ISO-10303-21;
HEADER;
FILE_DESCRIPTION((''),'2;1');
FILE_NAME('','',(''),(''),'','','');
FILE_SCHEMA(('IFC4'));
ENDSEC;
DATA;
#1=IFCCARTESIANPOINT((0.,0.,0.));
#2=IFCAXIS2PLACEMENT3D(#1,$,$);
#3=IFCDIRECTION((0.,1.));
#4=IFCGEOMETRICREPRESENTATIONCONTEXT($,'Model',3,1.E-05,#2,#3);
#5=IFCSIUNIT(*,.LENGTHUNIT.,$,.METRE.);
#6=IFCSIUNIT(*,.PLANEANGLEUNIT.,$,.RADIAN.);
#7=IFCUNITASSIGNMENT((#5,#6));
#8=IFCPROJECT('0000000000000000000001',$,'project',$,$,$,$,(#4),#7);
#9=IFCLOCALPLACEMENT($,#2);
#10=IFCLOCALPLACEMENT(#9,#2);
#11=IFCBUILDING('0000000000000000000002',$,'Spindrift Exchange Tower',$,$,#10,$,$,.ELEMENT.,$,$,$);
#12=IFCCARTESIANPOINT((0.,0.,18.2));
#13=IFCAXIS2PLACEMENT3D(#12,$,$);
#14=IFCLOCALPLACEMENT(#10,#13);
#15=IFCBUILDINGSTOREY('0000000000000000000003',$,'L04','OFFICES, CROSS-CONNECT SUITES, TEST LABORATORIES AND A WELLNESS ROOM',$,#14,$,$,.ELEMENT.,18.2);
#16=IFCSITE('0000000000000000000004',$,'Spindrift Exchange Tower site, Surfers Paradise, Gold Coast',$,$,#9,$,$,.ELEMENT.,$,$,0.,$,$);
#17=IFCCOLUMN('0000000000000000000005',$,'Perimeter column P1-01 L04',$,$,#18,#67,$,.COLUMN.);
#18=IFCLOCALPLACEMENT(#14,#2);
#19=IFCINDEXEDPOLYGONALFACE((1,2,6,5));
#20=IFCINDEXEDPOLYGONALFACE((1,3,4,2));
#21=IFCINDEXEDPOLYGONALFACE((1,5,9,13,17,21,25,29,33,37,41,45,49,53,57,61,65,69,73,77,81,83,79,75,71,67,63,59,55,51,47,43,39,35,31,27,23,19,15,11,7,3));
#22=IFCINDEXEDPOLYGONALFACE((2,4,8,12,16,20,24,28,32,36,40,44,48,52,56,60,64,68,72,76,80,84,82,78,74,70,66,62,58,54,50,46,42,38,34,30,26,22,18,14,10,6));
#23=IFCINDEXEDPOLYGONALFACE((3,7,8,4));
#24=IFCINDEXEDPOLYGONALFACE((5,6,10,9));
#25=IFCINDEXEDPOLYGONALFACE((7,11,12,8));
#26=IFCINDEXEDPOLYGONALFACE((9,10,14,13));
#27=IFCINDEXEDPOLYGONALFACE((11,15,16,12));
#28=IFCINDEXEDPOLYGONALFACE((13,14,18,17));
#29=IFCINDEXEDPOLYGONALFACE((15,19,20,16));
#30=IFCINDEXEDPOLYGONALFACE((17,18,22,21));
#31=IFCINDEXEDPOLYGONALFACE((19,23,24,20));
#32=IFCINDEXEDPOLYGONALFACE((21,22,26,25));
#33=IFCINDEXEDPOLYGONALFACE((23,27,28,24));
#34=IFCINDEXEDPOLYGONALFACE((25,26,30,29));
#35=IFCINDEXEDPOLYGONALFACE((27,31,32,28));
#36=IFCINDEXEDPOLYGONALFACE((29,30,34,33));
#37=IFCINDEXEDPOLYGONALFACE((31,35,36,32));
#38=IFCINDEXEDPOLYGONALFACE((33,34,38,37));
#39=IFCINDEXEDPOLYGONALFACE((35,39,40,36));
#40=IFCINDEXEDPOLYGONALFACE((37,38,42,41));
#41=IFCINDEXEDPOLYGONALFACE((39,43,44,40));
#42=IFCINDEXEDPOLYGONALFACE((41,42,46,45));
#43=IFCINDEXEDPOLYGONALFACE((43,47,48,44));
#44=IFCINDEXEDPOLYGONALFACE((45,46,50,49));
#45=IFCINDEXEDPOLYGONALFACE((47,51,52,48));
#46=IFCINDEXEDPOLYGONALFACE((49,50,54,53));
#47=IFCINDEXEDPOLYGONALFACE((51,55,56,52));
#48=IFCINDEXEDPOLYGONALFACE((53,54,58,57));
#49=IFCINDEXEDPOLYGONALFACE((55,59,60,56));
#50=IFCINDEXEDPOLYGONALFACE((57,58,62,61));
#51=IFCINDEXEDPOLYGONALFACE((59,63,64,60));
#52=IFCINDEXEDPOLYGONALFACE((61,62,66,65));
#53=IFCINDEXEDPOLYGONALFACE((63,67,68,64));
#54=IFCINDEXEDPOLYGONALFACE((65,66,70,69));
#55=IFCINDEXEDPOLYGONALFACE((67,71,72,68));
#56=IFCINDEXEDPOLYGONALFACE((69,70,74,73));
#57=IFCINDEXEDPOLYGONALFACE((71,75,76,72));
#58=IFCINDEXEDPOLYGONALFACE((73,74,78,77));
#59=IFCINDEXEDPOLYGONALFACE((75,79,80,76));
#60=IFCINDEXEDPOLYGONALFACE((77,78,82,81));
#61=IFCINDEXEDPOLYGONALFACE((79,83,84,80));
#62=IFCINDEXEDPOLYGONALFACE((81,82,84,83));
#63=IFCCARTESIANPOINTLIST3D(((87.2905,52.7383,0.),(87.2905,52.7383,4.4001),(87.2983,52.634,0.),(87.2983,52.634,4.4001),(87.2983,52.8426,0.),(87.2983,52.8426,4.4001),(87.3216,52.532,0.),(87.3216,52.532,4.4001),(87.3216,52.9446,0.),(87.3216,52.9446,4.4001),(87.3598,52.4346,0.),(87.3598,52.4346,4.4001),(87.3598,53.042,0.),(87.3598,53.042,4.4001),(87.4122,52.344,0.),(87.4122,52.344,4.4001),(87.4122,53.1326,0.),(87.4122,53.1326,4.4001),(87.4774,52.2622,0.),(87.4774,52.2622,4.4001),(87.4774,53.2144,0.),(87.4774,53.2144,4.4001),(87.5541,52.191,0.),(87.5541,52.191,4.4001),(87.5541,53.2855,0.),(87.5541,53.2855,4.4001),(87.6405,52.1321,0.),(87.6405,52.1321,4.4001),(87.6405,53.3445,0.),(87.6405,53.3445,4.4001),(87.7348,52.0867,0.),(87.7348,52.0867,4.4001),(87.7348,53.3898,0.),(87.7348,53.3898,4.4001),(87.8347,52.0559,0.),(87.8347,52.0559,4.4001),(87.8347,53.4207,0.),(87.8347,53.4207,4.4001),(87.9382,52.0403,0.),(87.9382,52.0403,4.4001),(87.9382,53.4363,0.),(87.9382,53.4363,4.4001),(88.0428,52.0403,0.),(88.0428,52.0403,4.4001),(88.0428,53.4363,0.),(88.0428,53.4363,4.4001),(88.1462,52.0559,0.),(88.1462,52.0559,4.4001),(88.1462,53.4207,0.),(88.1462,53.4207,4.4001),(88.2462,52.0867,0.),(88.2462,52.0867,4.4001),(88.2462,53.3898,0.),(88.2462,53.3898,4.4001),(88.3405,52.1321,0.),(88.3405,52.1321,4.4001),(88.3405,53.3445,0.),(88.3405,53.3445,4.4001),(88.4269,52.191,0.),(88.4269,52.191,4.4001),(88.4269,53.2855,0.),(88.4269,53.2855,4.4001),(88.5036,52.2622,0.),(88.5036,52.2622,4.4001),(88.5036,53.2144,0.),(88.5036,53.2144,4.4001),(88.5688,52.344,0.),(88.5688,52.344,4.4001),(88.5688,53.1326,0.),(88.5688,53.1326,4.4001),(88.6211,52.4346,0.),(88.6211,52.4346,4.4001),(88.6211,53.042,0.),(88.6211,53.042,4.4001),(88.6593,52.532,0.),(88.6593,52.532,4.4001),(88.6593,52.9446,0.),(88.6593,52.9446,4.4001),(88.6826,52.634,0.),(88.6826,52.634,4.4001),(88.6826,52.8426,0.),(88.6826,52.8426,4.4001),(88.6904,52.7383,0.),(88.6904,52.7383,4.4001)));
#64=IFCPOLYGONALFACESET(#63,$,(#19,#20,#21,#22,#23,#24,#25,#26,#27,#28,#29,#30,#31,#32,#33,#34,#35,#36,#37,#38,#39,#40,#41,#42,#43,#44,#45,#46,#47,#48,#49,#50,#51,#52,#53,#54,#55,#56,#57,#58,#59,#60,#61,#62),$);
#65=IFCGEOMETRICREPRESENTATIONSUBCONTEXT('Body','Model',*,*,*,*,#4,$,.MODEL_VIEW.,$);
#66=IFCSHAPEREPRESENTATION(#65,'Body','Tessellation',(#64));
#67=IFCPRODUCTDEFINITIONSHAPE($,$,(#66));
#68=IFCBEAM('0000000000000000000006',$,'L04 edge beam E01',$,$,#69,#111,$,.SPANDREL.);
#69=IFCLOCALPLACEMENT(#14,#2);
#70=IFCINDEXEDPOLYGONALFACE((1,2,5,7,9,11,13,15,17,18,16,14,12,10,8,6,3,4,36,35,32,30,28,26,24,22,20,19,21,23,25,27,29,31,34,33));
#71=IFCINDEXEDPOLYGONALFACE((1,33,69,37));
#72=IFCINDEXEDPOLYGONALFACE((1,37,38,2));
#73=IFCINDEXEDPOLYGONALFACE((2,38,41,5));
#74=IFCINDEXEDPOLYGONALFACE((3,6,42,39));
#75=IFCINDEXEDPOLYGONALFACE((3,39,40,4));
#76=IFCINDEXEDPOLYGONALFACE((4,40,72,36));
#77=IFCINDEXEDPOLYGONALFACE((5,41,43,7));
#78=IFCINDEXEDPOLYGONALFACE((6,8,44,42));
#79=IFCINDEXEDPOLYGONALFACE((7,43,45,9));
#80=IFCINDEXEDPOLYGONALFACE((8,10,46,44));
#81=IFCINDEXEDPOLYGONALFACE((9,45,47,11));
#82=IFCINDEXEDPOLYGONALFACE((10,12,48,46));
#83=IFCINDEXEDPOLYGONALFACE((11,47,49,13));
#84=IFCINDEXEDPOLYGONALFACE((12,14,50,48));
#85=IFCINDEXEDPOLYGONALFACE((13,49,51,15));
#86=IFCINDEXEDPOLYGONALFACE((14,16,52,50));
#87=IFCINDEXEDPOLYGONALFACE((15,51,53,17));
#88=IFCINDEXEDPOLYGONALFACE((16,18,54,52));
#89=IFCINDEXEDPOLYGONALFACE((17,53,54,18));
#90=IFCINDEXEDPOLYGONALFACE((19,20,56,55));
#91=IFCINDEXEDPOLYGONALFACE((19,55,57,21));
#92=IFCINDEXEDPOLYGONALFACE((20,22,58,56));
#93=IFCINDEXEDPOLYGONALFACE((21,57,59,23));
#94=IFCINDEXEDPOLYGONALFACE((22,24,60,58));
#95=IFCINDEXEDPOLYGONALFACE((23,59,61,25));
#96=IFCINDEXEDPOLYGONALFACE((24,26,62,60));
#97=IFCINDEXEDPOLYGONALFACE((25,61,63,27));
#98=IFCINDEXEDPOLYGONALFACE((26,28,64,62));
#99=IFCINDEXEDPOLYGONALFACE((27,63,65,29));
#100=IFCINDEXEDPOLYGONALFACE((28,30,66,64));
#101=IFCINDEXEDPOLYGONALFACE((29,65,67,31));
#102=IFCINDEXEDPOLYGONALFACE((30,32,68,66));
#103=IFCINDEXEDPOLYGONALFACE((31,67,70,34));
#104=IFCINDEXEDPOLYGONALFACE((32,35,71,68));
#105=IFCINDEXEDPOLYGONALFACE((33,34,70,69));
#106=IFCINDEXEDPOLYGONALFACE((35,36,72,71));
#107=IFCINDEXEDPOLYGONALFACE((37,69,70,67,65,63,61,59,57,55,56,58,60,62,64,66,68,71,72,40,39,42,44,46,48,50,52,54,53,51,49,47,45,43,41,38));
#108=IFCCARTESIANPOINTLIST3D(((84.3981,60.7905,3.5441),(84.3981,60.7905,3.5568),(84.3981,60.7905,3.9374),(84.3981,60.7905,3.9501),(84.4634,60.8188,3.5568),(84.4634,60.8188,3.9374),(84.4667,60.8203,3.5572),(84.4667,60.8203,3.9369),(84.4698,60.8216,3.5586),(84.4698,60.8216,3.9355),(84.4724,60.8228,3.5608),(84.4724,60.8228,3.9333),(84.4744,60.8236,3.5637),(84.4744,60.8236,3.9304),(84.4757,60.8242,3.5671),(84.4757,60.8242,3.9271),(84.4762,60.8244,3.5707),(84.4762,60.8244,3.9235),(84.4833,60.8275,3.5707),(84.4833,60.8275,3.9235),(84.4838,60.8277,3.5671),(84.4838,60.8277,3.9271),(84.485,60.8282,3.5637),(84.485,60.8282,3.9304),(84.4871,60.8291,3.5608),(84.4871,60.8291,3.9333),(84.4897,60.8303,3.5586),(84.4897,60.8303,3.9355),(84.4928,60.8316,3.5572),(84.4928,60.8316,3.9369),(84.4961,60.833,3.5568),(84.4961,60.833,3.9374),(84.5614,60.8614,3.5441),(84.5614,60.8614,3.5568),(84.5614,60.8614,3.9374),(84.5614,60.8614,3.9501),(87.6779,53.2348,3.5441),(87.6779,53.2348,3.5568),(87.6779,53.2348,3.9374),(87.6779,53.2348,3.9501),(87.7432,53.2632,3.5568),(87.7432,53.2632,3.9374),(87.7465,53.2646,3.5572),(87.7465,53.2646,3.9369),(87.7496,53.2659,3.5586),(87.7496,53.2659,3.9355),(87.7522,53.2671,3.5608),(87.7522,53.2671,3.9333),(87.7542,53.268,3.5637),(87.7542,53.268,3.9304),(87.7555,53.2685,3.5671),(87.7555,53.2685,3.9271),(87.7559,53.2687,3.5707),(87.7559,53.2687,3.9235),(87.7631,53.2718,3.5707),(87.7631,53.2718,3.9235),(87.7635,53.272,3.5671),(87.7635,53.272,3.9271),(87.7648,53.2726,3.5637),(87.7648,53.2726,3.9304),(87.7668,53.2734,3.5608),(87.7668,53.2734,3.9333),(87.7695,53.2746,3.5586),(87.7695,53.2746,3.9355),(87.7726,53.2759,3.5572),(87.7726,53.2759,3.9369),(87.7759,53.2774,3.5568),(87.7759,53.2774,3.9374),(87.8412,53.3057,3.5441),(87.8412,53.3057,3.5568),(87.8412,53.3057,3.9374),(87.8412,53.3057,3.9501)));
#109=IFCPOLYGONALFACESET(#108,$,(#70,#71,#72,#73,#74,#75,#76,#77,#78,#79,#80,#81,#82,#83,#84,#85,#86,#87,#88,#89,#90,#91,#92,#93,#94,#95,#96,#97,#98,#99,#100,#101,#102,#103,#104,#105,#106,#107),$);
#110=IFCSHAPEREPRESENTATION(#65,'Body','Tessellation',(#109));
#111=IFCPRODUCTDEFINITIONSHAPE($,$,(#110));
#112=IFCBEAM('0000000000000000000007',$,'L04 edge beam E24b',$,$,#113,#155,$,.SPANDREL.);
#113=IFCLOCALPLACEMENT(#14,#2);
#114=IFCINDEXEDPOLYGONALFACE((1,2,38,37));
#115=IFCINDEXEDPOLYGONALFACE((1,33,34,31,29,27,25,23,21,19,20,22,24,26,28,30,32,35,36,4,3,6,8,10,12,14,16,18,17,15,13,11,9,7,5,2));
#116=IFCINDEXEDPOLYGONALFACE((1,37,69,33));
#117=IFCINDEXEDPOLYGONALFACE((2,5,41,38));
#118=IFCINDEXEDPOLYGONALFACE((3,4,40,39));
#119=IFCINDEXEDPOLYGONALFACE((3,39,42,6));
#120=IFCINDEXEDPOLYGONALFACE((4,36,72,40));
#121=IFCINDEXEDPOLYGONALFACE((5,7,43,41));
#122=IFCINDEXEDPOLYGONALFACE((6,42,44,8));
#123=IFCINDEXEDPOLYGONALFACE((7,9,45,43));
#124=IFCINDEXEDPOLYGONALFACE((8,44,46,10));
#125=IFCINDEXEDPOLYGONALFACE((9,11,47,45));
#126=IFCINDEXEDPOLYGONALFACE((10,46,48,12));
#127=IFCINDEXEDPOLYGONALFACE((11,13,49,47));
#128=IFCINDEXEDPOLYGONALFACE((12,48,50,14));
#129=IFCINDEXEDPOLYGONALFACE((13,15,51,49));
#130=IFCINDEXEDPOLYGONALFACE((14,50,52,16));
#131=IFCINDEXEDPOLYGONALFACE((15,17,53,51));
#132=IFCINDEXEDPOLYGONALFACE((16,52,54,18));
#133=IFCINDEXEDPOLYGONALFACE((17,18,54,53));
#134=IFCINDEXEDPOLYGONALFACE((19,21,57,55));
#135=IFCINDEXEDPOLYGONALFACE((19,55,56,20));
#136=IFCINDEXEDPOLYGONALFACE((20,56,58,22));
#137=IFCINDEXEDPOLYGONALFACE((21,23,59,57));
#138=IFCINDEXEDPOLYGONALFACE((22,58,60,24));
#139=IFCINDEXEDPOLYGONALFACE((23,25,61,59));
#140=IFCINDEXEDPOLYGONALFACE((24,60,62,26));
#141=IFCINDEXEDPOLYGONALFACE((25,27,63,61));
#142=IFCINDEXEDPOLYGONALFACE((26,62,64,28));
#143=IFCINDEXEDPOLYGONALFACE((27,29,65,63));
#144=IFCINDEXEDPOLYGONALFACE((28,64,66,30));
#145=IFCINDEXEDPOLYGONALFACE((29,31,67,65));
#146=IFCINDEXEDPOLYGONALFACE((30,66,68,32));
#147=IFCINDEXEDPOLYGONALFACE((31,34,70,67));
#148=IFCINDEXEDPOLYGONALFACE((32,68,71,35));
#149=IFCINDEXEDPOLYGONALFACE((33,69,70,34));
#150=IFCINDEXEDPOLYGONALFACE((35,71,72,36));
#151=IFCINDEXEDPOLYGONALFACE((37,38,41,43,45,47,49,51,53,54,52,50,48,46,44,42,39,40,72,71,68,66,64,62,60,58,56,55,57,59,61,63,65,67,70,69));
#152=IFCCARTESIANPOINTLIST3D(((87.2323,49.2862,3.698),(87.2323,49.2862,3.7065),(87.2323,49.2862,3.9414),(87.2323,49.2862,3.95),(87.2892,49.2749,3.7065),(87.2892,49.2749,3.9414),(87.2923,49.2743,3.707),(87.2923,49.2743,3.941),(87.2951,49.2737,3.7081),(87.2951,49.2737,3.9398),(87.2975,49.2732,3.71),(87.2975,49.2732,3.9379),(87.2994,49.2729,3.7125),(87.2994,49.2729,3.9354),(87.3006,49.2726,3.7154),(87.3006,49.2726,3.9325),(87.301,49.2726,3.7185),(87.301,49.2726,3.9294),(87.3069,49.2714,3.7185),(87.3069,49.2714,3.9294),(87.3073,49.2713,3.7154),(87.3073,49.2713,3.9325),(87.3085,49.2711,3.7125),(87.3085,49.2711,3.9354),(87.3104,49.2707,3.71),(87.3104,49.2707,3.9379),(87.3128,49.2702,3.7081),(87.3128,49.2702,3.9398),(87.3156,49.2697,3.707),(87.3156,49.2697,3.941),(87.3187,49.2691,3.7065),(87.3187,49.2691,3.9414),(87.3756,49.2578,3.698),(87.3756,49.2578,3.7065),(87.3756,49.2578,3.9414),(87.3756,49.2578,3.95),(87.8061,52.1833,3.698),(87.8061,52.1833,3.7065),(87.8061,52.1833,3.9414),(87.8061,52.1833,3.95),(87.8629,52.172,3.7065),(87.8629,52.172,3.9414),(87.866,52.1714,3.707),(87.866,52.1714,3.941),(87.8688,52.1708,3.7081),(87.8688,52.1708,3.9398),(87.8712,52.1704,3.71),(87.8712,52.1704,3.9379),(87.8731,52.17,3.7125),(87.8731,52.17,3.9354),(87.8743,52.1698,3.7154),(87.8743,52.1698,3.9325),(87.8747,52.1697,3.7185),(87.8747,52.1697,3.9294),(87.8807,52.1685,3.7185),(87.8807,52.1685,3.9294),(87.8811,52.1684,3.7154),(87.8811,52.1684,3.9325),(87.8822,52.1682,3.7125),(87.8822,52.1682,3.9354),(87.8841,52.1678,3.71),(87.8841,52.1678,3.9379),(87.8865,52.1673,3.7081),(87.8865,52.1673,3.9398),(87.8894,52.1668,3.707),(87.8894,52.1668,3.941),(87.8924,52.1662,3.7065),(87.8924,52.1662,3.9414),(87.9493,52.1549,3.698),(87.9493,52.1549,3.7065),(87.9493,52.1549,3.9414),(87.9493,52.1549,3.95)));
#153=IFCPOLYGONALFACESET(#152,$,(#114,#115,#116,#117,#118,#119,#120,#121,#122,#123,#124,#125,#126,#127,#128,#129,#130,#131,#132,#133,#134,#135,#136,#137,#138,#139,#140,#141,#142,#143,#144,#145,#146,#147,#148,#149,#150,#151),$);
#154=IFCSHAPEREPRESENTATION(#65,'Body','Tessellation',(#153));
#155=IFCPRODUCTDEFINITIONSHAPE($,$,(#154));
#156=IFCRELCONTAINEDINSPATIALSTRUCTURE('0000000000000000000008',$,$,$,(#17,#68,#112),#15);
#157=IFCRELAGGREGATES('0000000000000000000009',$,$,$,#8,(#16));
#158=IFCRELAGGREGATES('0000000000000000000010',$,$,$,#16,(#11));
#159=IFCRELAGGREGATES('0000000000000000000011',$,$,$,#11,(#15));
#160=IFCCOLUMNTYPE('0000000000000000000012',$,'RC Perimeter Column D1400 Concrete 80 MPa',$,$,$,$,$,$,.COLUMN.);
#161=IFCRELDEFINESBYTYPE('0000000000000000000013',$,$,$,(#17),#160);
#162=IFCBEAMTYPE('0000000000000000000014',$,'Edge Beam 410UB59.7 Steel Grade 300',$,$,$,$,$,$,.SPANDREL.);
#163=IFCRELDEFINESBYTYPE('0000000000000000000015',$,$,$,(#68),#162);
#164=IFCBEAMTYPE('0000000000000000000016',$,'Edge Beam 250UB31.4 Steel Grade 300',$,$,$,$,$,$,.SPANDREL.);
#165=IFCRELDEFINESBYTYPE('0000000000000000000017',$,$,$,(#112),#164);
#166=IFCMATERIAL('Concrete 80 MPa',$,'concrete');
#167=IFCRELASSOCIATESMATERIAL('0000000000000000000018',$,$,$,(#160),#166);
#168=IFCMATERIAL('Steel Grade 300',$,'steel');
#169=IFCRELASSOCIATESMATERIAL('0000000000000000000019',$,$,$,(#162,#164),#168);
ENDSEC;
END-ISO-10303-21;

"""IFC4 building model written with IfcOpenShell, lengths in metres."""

from ifc_helpers import new_model, si_unit, direction, frame, origin, origin_2d, place, context, subcontext, project, spatial, circle, i_section, extrude, source, transform, mapped, material, material_profile, profile_set, type_object, element, save


model = new_model("IFC4")

# Units and contexts
model_context = context("Model", 3, precision=1e-05, world=origin(), true_north=direction((0.0, 1.0)))
body_context = subcontext(model_context, "Body", "Model", "MODEL_VIEW")
ifc_project = project(units=[si_unit("LENGTHUNIT", "METRE"), si_unit("PLANEANGLEUNIT", "RADIAN")], contexts=[model_context])

# Site, building, storey
site_placement = place(None, origin())
site = spatial("IfcSite", under=ifc_project, at=site_placement, Name="Spindrift Exchange Tower site, Surfers Paradise, Gold Coast", CompositionType="ELEMENT", RefElevation=0.0)
building_placement = place(site_placement, origin())
building = spatial("IfcBuilding", under=site, at=building_placement, Name="Spindrift Exchange Tower", CompositionType="ELEMENT")
storey_placement = place(building_placement, frame((0.0, 0.0, 18.2)))
storey = spatial("IfcBuildingStorey", under=building, at=storey_placement, Name="L04", Description="OFFICES, CROSS-CONNECT SUITES, TEST LABORATORIES AND A WELLNESS ROOM", CompositionType="ELEMENT", Elevation=18.2)

# Column
ifc_material_1 = material(Name="Concrete 80 MPa", Category="concrete")
ifc_material_profile_1 = material_profile(ifc_material_1, circle(Radius=0.7, at=origin_2d()), Name="RC D1400")
ifc_profile_set_1 = profile_set([ifc_material_profile_1], Name="Concrete 80 MPa")
column_type = type_object("IfcColumnType", Name="RC Perimeter Column D1400 Concrete 80 MPa", PredefinedType="COLUMN", material=ifc_profile_set_1)
shared_shape_1 = source(origin(), body_context, "Body", "SweptSolid", [
    extrude(circle(Radius=0.7, at=origin_2d()), origin(), (0.0, 0.0, 1.0), 4.4001),
])
column_placement = place(storey_placement, frame((87.9905, 52.7383, 0.0), z_axis=(0.0, 0.0, 1.0), x_axis=(1.0, 0.0, 0.0)))
element("IfcColumn", 1, at=column_placement, inside=storey, type_object=column_type, Name="Perimeter column P1-01 L04", PredefinedType="COLUMN", context=body_context, shape_type="MappedRepresentation", body=[
    mapped(shared_shape_1, transform((0.0, 0.0, 0.0), scale=1.0)),
])

# Beams
ifc_material_2 = material(Name="Steel Grade 300", Category="steel")
ifc_material_profile_2 = material_profile(ifc_material_2, i_section(OverallWidth=0.178, OverallDepth=0.406, WebThickness=0.0078, FlangeThickness=0.0127, FilletRadius=0.0139, at=origin_2d()), Name="410UB59.7")
ifc_profile_set_2 = profile_set([ifc_material_profile_2], Name="Steel Grade 300")
beam_type_1 = type_object("IfcBeamType", Name="Edge Beam 410UB59.7 Steel Grade 300", PredefinedType="SPANDREL", material=ifc_profile_set_2)
shared_shape_2 = source(origin(), body_context, "Body", "SweptSolid", [
    extrude(i_section(OverallWidth=0.178, OverallDepth=0.406, WebThickness=0.0078, FlangeThickness=0.0127, FilletRadius=0.0139, at=origin_2d()), origin(), (0.0, 0.0, 1.0), 8.2368),
])
beam_1_placement = place(storey_placement, frame((87.7595, 53.2703, 3.7471), z_axis=(-0.398186, 0.917305, 0.0), x_axis=(-0.917305, -0.398186, 0.0)))
element("IfcBeam", 2, at=beam_1_placement, inside=storey, type_object=beam_type_1, Name="L04 edge beam E01", PredefinedType="SPANDREL", context=body_context, shape_type="MappedRepresentation", body=[
    mapped(shared_shape_2, transform((0.0, 0.0, 0.0), scale=1.0)),
])
ifc_material_profile_3 = material_profile(ifc_material_2, i_section(OverallWidth=0.146, OverallDepth=0.252, WebThickness=0.0061, FlangeThickness=0.0085, FilletRadius=0.012, at=origin_2d()), Name="250UB31.4")
ifc_profile_set_3 = profile_set([ifc_material_profile_3], Name="Steel Grade 300")
beam_type_2 = type_object("IfcBeamType", Name="Edge Beam 250UB31.4 Steel Grade 300", PredefinedType="SPANDREL", material=ifc_profile_set_3)
shared_shape_3 = source(origin(), body_context, "Body", "SweptSolid", [
    extrude(i_section(OverallWidth=0.146, OverallDepth=0.252, WebThickness=0.0061, FlangeThickness=0.0085, FilletRadius=0.012, at=origin_2d()), origin(), (0.0, 0.0, 1.0), 2.9534),
])
beam_2_placement = place(storey_placement, frame((87.304, 49.272, 3.824), z_axis=(0.194256, 0.980951, 0.0), x_axis=(-0.980951, 0.194256, 0.0)))
element("IfcBeam", 3, at=beam_2_placement, inside=storey, type_object=beam_type_2, Name="L04 edge beam E24b", PredefinedType="SPANDREL", context=body_context, shape_type="MappedRepresentation", body=[
    mapped(shared_shape_3, transform((0.0, 0.0, 0.0), scale=1.0)),
])

save(model, "model.ifc")
